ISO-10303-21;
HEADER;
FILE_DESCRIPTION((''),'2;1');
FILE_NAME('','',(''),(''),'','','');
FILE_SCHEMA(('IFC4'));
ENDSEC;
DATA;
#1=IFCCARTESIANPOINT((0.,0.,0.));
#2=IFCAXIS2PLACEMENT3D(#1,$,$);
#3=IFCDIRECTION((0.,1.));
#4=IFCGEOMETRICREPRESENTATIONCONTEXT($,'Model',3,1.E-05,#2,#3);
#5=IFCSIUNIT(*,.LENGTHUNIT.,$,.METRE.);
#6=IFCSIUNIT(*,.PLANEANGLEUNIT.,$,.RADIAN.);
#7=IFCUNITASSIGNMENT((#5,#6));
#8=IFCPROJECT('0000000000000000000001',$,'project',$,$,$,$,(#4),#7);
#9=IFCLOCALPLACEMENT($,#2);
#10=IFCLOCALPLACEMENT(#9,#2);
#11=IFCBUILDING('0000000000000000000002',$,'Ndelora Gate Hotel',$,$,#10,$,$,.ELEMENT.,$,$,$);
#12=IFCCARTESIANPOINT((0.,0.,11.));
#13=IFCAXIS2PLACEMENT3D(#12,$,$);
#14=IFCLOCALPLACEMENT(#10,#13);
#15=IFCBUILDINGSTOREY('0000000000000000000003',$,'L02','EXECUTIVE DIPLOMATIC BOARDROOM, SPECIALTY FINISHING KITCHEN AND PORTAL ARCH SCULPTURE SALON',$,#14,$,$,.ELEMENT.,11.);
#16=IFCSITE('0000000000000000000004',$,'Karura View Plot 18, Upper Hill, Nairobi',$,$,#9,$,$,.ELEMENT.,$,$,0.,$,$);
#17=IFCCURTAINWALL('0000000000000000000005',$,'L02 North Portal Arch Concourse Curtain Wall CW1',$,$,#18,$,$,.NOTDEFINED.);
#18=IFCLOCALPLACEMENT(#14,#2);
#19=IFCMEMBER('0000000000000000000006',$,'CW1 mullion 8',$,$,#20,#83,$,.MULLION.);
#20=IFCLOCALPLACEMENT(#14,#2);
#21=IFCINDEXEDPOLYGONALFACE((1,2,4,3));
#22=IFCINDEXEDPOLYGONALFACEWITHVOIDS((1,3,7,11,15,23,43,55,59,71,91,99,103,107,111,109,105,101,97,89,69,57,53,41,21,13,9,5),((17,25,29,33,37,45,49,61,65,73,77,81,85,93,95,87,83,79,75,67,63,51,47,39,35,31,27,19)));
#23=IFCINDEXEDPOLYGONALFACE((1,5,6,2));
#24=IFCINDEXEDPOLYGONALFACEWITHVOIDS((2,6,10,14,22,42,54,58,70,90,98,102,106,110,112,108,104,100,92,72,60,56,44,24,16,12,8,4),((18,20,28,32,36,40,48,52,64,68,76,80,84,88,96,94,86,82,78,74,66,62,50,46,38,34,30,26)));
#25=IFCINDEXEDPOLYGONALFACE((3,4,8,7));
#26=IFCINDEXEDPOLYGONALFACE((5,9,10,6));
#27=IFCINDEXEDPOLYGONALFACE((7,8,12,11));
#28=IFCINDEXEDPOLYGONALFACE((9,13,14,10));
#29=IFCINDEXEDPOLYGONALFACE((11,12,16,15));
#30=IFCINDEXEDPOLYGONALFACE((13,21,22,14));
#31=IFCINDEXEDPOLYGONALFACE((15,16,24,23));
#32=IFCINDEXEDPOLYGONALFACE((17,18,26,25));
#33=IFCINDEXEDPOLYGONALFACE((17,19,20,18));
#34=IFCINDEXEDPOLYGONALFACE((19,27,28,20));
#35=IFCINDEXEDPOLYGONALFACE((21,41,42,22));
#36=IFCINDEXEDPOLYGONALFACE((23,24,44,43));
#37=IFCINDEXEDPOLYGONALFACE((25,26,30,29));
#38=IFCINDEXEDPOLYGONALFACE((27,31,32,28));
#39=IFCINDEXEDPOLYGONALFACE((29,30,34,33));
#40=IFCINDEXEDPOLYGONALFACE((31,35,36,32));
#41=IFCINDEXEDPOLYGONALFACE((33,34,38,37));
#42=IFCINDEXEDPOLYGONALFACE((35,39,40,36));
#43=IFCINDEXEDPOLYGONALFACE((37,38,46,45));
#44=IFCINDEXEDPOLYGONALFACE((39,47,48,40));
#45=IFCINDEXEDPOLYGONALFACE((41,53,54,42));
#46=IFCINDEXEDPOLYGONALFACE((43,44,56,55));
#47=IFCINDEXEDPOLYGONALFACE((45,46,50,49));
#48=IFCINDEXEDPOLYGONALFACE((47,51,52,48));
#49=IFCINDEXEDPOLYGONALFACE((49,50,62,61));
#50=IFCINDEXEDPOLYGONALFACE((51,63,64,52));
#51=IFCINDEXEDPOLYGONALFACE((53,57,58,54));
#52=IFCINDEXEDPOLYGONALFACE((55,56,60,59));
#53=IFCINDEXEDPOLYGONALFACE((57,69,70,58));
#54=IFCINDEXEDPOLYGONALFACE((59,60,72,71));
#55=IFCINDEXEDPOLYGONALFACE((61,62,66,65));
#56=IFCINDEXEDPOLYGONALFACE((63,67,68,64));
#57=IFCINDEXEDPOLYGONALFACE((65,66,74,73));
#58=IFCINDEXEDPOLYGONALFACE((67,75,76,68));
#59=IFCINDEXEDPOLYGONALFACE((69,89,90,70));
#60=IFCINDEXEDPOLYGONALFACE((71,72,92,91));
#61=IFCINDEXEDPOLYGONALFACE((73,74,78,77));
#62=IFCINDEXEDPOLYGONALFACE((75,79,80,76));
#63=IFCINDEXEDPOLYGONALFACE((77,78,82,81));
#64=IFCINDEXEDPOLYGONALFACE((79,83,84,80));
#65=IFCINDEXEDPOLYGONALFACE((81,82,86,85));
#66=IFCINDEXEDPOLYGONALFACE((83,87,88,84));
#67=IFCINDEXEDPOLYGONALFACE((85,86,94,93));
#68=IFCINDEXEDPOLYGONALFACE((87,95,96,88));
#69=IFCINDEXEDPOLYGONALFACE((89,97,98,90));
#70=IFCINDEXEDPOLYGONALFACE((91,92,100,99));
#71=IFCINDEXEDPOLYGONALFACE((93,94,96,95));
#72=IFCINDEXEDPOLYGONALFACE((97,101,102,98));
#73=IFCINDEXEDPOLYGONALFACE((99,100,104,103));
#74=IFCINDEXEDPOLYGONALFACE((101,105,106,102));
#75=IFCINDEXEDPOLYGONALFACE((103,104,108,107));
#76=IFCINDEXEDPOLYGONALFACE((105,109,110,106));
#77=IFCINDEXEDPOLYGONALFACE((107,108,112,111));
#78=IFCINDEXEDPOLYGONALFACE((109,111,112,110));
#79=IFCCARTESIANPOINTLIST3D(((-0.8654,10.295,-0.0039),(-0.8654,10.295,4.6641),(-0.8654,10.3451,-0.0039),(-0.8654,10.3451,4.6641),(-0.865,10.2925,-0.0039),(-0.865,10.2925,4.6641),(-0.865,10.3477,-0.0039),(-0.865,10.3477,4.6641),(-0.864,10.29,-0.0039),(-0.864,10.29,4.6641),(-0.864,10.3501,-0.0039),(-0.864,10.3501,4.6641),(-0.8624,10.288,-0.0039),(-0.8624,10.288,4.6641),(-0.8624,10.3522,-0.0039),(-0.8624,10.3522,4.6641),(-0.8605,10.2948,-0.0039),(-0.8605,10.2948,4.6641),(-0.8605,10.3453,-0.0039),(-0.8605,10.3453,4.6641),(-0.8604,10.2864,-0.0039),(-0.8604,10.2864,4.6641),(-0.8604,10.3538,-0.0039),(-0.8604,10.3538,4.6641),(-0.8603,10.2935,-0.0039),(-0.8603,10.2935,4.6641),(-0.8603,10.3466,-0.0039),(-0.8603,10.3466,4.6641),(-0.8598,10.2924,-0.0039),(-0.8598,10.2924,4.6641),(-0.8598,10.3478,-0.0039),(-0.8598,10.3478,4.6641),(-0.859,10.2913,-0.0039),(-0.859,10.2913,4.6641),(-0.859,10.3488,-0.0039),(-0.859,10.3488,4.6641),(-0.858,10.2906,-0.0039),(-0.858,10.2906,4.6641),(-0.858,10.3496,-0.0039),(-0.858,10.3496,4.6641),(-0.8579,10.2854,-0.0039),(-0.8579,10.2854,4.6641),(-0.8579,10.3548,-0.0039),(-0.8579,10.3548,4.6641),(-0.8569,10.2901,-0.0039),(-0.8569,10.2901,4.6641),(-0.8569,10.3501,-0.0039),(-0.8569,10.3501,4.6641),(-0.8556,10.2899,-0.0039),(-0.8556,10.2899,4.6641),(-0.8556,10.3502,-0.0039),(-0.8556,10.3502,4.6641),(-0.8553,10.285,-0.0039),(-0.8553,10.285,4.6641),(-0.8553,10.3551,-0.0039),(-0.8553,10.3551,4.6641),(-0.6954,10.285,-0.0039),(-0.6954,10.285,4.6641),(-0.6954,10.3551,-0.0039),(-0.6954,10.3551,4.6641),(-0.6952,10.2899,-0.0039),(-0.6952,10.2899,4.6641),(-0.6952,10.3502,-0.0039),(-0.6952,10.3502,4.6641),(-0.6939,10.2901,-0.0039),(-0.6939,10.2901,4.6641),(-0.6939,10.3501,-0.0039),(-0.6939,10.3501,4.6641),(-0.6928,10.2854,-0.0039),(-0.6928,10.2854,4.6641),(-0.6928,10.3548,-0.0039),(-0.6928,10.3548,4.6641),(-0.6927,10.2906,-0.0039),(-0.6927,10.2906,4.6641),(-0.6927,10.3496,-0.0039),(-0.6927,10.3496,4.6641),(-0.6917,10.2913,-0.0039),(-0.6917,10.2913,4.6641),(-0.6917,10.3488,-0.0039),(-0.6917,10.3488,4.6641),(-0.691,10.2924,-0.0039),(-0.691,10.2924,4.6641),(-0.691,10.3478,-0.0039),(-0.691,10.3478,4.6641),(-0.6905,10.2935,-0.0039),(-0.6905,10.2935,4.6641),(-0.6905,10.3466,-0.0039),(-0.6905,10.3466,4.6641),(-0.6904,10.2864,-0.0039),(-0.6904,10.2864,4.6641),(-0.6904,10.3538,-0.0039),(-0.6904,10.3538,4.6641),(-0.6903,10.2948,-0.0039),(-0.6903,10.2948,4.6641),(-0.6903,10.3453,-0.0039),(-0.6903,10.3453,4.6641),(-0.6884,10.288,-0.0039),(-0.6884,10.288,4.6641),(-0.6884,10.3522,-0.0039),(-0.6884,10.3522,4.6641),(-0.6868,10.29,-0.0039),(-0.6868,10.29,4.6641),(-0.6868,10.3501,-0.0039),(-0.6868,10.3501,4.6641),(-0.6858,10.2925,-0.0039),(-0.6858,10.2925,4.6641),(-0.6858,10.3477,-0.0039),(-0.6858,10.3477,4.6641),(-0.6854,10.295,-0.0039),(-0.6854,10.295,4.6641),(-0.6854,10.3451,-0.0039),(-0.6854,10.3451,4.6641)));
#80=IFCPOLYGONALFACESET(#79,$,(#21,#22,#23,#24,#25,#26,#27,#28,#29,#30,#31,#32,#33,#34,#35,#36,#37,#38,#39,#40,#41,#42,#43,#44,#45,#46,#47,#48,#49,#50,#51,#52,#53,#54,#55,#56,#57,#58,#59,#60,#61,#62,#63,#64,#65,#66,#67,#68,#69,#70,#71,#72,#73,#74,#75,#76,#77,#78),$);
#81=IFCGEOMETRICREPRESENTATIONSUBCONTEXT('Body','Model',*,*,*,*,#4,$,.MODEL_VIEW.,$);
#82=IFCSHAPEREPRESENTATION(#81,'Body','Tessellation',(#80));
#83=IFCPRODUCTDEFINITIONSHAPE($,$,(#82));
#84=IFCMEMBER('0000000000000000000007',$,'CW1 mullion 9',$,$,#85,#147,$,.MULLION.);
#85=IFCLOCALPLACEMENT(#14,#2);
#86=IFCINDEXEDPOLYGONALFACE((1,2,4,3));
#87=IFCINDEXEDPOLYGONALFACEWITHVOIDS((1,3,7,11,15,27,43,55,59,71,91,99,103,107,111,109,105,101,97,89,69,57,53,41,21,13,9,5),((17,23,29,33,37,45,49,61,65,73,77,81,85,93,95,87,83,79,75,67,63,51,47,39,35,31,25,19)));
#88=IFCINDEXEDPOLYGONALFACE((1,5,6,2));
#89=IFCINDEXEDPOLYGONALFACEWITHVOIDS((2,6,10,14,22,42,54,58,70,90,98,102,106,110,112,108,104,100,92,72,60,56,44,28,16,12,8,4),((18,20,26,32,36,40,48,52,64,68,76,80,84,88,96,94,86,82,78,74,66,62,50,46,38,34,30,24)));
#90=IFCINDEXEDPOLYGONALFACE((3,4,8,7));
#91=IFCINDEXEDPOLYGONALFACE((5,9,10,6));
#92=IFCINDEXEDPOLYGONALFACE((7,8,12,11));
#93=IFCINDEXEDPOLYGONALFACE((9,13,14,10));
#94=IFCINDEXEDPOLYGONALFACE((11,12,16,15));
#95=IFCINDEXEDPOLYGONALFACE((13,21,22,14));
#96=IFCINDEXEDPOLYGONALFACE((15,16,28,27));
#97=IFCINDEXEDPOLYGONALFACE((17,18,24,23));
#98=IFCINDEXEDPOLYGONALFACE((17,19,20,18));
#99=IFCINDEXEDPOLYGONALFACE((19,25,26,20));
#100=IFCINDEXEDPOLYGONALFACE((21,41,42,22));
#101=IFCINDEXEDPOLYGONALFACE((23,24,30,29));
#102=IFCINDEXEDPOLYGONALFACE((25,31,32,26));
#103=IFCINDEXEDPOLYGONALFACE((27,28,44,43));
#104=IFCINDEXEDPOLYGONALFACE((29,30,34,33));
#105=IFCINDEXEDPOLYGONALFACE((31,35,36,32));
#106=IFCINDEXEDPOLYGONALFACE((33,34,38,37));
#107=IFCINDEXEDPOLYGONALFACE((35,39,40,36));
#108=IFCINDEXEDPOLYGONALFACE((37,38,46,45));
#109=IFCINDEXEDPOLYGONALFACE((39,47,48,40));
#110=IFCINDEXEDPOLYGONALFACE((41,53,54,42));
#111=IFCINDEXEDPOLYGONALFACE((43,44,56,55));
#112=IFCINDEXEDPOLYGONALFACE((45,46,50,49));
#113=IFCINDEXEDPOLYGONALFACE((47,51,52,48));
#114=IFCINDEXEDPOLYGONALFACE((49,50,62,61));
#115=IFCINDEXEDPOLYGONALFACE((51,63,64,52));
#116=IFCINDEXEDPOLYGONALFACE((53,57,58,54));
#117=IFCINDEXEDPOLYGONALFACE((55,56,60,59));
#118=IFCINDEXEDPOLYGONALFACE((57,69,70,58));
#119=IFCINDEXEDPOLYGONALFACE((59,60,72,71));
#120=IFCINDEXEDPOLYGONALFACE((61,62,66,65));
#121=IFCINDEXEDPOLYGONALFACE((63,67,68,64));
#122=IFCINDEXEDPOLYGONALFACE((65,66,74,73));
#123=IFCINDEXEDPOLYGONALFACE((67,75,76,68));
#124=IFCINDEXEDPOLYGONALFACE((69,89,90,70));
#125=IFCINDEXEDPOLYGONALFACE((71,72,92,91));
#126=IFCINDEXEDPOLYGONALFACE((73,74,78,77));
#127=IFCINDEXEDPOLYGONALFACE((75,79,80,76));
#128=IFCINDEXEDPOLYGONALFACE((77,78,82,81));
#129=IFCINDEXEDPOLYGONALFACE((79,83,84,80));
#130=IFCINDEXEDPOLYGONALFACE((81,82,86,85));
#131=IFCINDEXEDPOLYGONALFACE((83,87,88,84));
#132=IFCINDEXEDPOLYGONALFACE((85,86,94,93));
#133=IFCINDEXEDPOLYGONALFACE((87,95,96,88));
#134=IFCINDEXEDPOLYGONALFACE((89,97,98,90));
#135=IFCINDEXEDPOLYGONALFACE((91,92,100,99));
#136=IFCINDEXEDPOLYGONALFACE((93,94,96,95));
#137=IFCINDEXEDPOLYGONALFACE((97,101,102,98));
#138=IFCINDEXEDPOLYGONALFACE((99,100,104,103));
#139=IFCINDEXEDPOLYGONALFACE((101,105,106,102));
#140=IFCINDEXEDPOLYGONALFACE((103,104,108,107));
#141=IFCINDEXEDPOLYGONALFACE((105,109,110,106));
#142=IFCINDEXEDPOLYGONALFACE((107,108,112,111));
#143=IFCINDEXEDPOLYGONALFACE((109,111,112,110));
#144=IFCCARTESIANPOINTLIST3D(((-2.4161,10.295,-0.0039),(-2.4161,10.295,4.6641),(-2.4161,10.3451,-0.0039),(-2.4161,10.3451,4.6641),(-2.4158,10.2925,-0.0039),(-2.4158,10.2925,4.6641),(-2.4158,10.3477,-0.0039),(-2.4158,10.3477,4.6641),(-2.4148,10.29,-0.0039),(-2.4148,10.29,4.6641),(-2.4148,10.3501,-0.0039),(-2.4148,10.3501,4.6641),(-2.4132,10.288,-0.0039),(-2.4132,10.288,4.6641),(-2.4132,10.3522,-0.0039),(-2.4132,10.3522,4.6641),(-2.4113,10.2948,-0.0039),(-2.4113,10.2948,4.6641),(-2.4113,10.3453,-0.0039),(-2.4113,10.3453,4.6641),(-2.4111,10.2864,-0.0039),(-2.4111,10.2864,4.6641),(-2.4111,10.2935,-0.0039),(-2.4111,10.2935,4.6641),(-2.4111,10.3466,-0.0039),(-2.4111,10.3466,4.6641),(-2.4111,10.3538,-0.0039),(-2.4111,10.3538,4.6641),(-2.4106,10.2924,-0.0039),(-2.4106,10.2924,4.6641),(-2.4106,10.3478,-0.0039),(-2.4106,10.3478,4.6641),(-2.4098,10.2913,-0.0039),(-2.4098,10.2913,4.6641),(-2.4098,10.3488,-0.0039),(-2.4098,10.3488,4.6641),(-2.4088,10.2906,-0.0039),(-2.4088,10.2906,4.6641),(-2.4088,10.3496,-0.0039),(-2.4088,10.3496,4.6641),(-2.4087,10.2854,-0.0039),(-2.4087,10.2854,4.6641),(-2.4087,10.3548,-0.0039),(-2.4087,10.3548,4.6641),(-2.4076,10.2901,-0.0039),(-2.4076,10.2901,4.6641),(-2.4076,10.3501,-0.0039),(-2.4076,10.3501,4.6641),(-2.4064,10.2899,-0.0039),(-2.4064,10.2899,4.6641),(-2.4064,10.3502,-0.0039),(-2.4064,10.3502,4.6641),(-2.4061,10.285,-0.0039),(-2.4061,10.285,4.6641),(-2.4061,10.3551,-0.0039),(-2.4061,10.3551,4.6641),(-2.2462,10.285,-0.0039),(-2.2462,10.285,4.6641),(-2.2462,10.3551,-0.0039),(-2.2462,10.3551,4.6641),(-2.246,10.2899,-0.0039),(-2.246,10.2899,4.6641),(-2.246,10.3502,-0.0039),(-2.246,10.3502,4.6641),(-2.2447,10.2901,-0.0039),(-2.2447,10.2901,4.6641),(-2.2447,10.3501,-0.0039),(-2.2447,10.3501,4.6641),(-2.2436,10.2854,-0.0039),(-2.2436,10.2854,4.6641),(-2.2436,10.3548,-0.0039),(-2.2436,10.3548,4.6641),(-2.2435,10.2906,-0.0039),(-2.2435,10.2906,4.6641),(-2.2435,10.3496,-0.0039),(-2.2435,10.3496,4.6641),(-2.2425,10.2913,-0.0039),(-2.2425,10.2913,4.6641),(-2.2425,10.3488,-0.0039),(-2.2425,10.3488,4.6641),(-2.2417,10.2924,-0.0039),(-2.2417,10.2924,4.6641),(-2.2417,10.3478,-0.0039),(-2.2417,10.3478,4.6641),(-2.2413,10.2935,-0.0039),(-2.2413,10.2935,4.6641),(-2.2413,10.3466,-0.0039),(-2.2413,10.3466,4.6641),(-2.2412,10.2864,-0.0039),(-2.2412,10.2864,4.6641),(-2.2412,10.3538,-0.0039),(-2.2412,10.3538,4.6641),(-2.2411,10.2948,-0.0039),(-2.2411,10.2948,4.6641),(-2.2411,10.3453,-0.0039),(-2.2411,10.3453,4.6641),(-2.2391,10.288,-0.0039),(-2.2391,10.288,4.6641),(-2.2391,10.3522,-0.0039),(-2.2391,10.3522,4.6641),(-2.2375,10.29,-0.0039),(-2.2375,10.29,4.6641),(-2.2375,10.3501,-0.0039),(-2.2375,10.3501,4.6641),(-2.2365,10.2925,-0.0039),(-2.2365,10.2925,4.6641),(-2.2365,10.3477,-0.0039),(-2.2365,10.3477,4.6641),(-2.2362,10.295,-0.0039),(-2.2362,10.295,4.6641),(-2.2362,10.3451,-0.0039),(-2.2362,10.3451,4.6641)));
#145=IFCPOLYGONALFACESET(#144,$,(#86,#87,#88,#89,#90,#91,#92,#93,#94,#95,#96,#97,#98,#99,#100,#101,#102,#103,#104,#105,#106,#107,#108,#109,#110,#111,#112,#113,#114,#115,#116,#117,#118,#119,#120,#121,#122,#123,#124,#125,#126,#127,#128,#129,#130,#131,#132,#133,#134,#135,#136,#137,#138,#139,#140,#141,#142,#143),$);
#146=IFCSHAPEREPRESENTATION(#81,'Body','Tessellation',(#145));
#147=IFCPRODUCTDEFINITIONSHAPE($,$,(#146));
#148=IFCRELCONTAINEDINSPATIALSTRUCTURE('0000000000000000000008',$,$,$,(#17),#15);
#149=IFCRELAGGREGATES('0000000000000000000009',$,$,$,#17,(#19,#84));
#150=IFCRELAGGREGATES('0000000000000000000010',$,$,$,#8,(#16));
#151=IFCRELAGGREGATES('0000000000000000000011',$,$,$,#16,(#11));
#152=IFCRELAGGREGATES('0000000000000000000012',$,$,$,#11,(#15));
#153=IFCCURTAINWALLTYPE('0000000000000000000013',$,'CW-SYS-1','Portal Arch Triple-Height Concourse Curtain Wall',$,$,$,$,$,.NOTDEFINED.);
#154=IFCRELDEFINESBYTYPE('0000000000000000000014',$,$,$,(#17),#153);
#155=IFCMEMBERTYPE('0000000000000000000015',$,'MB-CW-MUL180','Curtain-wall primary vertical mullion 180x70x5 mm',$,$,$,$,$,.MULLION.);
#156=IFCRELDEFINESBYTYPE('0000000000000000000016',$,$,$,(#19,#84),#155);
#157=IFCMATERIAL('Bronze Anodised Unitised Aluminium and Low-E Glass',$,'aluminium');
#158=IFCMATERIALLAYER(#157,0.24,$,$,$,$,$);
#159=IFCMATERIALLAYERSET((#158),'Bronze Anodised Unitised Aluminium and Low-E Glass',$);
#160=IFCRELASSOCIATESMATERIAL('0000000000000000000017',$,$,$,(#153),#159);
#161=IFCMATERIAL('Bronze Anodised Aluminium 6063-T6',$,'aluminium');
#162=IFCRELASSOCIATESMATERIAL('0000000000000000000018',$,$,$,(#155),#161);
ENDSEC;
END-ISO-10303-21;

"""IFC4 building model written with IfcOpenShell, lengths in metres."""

from ifc_helpers import new_model, si_unit, direction, frame, origin, origin_2d, place, context, subcontext, project, spatial, hollow_rectangle, extrude, material, layer, layer_set, material_profile, profile_set, type_object, element, aggregate, save


model = new_model("IFC4")

# Units and contexts
model_context = context("Model", 3, precision=1e-05, world=origin(), true_north=direction((0.0, 1.0)))
body_context = subcontext(model_context, "Body", "Model", "MODEL_VIEW")
ifc_project = project(units=[si_unit("LENGTHUNIT", "METRE"), si_unit("PLANEANGLEUNIT", "RADIAN")], contexts=[model_context])

# Site, building, storey
site_placement = place(None, origin())
site = spatial("IfcSite", under=ifc_project, at=site_placement, Name="Karura View Plot 18, Upper Hill, Nairobi", CompositionType="ELEMENT", RefElevation=0.0)
building_placement = place(site_placement, origin())
building = spatial("IfcBuilding", under=site, at=building_placement, Name="Ndelora Gate Hotel", CompositionType="ELEMENT")
storey_placement = place(building_placement, frame((0.0, 0.0, 11.0)))
storey = spatial("IfcBuildingStorey", under=building, at=storey_placement, Name="L02", Description="EXECUTIVE DIPLOMATIC BOARDROOM, SPECIALTY FINISHING KITCHEN AND PORTAL ARCH SCULPTURE SALON", CompositionType="ELEMENT", Elevation=11.0)

# Curtain wall, members
ifc_material_1 = material(Name="Bronze Anodised Unitised Aluminium and Low-E Glass", Category="aluminium")
ifc_layer_1 = layer(ifc_material_1, 0.24)
ifc_layer_set_1 = layer_set([ifc_layer_1], Name="Bronze Anodised Unitised Aluminium and Low-E Glass")
curtain_wall_type = type_object("IfcCurtainWallType", Name="CW-SYS-1", Description="Portal Arch Triple-Height Concourse Curtain Wall", PredefinedType="NOTDEFINED", material=ifc_layer_set_1)
curtain_wall_placement = place(storey_placement, origin())
curtain_wall = element("IfcCurtainWall", 1, at=curtain_wall_placement, inside=storey, type_object=curtain_wall_type, Name="L02 North Portal Arch Concourse Curtain Wall CW1", PredefinedType="NOTDEFINED")
ifc_material_2 = material(Name="Bronze Anodised Aluminium 6063-T6", Category="aluminium")
ifc_material_profile_1 = material_profile(ifc_material_2, hollow_rectangle(XDim=0.0701, YDim=0.1799, WallThickness=0.0049, InnerFilletRadius=0.0049, OuterFilletRadius=0.01, at=origin_2d()), Name="ALU 180x70x5")
ifc_profile_set_1 = profile_set([ifc_material_profile_1], Name="Bronze Anodised Aluminium 6063-T6")
member_type_1 = type_object("IfcMemberType", Name="MB-CW-MUL180", Description="Curtain-wall primary vertical mullion 180x70x5 mm", PredefinedType="MULLION", material=ifc_profile_set_1)
member_1_placement = place(storey_placement, frame((-0.7754, 10.3201, -0.0039), z_axis=(0.0, 0.0, 1.0), x_axis=(0.0, -1.0, 0.0)))
member_1 = element("IfcMember", 2, at=member_1_placement, type_object=member_type_1, Name="CW1 mullion 8", PredefinedType="MULLION", context=body_context, shape_type="SweptSolid", body=[
    extrude(hollow_rectangle(XDim=0.0701, YDim=0.1799, WallThickness=0.0049, InnerFilletRadius=0.0049, OuterFilletRadius=0.01, at=origin_2d()), origin(), (0.0, 0.0, 1.0), 4.668),
])
member_2_placement = place(storey_placement, frame((-2.3262, 10.3201, -0.0039), z_axis=(0.0, 0.0, 1.0), x_axis=(0.0, -1.0, 0.0)))
member_2 = element("IfcMember", 3, at=member_2_placement, type_object=member_type_1, Name="CW1 mullion 9", PredefinedType="MULLION", context=body_context, shape_type="SweptSolid", body=[
    extrude(hollow_rectangle(XDim=0.0701, YDim=0.1799, WallThickness=0.0049, InnerFilletRadius=0.0049, OuterFilletRadius=0.01, at=origin_2d()), origin(), (0.0, 0.0, 1.0), 4.668),
])
aggregate(curtain_wall, [member_1, member_2])

save(model, "model.ifc")
